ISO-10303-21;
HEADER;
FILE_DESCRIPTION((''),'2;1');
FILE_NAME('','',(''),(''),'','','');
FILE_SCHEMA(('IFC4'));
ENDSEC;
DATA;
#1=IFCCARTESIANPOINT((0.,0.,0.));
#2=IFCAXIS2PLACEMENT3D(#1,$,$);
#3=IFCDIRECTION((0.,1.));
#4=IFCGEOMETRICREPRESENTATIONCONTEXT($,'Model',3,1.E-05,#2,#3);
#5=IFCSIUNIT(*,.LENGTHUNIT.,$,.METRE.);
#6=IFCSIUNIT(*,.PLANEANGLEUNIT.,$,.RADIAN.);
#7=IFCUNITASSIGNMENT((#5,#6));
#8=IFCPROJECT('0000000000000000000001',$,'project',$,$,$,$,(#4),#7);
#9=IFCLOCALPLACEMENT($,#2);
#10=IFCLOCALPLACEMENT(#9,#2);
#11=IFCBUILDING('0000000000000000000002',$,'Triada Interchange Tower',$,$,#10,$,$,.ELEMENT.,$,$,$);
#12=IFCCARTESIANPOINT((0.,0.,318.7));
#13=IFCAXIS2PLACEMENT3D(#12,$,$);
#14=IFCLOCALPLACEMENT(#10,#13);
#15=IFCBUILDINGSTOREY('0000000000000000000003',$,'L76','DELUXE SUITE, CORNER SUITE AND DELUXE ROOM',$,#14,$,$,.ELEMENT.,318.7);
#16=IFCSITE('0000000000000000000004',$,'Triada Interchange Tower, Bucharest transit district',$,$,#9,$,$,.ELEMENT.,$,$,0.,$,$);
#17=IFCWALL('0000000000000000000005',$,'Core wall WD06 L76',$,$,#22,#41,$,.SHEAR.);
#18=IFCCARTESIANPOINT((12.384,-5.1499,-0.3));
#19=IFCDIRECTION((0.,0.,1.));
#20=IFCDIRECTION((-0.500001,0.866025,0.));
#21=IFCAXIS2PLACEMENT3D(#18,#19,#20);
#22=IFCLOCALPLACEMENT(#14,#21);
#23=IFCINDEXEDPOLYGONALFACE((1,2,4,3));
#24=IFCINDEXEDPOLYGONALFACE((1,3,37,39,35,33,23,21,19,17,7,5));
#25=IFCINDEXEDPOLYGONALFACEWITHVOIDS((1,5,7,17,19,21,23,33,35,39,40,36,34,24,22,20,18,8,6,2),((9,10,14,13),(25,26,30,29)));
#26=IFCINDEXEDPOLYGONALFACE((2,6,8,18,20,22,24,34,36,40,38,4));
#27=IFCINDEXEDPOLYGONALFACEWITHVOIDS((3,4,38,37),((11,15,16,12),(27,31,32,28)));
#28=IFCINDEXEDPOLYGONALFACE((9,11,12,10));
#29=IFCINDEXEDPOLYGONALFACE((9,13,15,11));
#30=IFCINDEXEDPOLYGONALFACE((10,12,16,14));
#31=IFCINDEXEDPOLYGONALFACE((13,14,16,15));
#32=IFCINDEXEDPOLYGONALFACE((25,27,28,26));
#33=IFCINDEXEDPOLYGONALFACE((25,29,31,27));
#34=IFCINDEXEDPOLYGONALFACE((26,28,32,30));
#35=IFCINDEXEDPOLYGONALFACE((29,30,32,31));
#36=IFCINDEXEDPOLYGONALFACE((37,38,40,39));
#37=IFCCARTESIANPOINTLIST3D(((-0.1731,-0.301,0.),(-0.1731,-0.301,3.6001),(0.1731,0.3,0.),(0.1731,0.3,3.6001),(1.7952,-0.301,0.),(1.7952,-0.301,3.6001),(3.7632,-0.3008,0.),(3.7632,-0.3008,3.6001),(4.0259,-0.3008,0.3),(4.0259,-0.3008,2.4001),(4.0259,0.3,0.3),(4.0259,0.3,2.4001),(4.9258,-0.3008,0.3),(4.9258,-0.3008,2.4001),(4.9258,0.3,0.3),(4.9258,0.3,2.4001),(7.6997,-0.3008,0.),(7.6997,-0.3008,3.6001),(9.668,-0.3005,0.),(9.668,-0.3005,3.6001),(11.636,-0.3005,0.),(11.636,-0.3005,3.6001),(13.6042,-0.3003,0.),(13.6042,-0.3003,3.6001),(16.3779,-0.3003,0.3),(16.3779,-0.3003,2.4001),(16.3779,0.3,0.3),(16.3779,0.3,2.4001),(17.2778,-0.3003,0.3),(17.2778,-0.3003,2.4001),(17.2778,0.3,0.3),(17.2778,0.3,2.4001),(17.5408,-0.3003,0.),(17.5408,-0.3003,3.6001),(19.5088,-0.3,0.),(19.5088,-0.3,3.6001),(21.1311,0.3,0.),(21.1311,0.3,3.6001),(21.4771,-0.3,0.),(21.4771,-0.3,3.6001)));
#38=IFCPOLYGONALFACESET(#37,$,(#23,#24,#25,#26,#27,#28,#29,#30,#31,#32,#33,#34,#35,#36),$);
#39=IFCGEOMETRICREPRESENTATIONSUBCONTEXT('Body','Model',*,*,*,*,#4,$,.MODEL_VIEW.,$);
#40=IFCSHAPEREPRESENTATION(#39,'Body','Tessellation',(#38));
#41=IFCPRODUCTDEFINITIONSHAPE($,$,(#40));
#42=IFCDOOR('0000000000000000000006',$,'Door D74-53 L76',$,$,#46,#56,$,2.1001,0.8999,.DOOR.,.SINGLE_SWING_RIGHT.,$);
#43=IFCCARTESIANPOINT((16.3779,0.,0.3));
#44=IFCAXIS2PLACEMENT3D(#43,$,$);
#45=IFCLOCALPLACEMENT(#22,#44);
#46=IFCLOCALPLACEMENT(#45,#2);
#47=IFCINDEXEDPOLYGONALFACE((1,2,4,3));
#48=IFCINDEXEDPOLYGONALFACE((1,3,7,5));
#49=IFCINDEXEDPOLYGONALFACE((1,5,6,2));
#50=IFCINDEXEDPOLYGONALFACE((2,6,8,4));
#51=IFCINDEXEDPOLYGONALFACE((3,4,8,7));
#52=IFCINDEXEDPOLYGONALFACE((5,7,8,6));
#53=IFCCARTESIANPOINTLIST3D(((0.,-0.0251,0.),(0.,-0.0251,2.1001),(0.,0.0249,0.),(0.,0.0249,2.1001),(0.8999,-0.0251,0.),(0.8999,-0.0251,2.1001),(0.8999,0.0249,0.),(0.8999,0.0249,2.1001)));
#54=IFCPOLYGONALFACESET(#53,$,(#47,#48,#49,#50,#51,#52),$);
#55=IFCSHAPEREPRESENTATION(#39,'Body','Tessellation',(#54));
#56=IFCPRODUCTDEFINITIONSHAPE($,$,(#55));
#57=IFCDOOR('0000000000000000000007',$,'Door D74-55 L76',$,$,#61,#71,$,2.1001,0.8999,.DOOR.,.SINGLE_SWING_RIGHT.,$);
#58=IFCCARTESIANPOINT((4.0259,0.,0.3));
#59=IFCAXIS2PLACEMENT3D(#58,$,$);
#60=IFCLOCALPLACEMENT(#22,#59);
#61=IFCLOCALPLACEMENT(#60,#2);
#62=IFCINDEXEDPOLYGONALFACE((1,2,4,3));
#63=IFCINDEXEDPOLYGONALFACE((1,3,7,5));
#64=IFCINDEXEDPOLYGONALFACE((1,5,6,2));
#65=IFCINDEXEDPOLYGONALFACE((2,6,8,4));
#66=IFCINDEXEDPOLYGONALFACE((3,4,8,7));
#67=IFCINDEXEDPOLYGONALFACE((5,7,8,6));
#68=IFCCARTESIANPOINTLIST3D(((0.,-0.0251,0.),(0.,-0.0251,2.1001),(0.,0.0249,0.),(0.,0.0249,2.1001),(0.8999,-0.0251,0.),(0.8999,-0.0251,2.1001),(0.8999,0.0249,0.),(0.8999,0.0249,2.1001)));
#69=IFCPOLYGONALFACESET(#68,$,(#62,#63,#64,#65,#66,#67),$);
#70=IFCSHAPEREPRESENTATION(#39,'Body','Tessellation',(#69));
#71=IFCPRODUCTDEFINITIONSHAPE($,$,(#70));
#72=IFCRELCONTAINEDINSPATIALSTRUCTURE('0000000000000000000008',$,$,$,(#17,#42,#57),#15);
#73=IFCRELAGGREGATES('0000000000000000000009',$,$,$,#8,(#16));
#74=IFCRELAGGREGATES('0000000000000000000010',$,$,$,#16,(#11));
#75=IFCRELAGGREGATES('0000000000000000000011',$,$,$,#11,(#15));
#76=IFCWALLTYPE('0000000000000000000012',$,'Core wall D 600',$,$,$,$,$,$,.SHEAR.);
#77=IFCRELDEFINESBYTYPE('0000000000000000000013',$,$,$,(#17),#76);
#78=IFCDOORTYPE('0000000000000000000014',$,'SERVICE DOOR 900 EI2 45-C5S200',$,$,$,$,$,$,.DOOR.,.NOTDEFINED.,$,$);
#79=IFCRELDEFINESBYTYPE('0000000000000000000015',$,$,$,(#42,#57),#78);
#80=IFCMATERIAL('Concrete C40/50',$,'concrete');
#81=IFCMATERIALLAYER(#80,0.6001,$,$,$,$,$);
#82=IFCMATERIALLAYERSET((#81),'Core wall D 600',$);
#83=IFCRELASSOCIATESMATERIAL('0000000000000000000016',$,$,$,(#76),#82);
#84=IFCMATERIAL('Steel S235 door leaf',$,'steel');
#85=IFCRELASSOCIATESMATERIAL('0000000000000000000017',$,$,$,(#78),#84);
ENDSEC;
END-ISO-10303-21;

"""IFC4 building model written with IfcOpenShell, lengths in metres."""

from ifc_helpers import new_model, si_unit, direction, frame, frame_2d, origin, place, context, subcontext, project, spatial, polyline, rectangle, outline, extrude, material, layer, layer_set, type_object, element, fill, save


model = new_model("IFC4")

# Units and contexts
model_context = context("Model", 3, precision=1e-05, world=origin(), true_north=direction((0.0, 1.0)))
body_context = subcontext(model_context, "Body", "Model", "MODEL_VIEW")
ifc_project = project(units=[si_unit("LENGTHUNIT", "METRE"), si_unit("PLANEANGLEUNIT", "RADIAN")], contexts=[model_context])

# Site, building, storey
site_placement = place(None, origin())
site = spatial("IfcSite", under=ifc_project, at=site_placement, Name="Triada Interchange Tower, Bucharest transit district", CompositionType="ELEMENT", RefElevation=0.0)
building_placement = place(site_placement, origin())
building = spatial("IfcBuilding", under=site, at=building_placement, Name="Triada Interchange Tower", CompositionType="ELEMENT")
storey_placement = place(building_placement, frame((0.0, 0.0, 318.7)))
storey = spatial("IfcBuildingStorey", under=building, at=storey_placement, Name="L76", Description="DELUXE SUITE, CORNER SUITE AND DELUXE ROOM", CompositionType="ELEMENT", Elevation=318.7)

# Shared definitions
ifc_material_1 = material(Name="Concrete C40/50", Category="concrete")

# Shared definitions
ifc_layer_1 = layer(ifc_material_1, 0.6001)
ifc_layer_set_1 = layer_set([ifc_layer_1], Name="Core wall D 600")
wall_type_1 = type_object("IfcWallType", Name="Core wall D 600", PredefinedType="SHEAR", material=ifc_layer_set_1)
ifc_material_2 = material(Name="Steel S235 door leaf", Category="steel")

# Wall, openings, doors
wall_1_placement = place(storey_placement, frame((12.384, -5.1499, -0.3), z_axis=(0.0, 0.0, 1.0), x_axis=(-0.500001, 0.866025, 0.0)))
wall_1 = element("IfcWall", 1, at=wall_1_placement, inside=storey, type_object=wall_type_1, Name="Core wall WD06 L76", PredefinedType="SHEAR", context=body_context, shape_type="SweptSolid", body=[
    extrude(outline(polyline([(-0.1731, -0.301), (1.7952, -0.301), (3.7632, -0.3008), (5.7314, -0.3008), (7.6997, -0.3008), (9.668, -0.3005), (11.636, -0.3005), (13.6042, -0.3003), (15.5725, -0.3003), (17.5408, -0.3003), (19.5088, -0.3), (21.4771, -0.3), (21.1311, 0.3), (19.2258, 0.3), (17.3206, 0.3), (15.4153, 0.3), (13.51, 0.3), (11.6047, 0.3), (9.6995, 0.3), (7.7942, 0.3), (5.8889, 0.3), (3.9836, 0.3), (2.0784, 0.3), (0.1731, 0.3), (-0.1731, -0.301)])), origin(), (0.0, 0.0, 1.0), 3.6001),
])
opening_1_placement = place(wall_1_placement, frame((16.3779, 0.0, 0.3)))
opening_1 = element("IfcOpeningElement", 2, at=opening_1_placement, cuts=wall_1, PredefinedType="OPENING", context=body_context, shape_type="SweptSolid", body=[
    extrude(rectangle(XDim=0.8999, YDim=2.1001, at=frame_2d((0.45, 1.05))), frame((0.0, 0.3101, 0.0), z_axis=(0.0, -1.0, 0.0), x_axis=(1.0, 0.0, 0.0)), (0.0, 0.0, 1.0), 0.6211),
])
opening_2_placement = place(wall_1_placement, frame((4.0259, 0.0, 0.3)))
opening_2 = element("IfcOpeningElement", 3, at=opening_2_placement, cuts=wall_1, PredefinedType="OPENING", context=body_context, shape_type="SweptSolid", body=[
    extrude(rectangle(XDim=0.8999, YDim=2.1001, at=frame_2d((0.45, 1.05))), frame((0.0, 0.3101, 0.0), z_axis=(0.0, -1.0, 0.0), x_axis=(1.0, 0.0, 0.0)), (0.0, 0.0, 1.0), 0.6211),
])
door_type_1 = type_object("IfcDoorType", Name="SERVICE DOOR 900 EI2 45-C5S200", OperationType="NOTDEFINED", PredefinedType="DOOR", material=ifc_material_2)
door_1_placement = place(opening_1_placement, origin())
door_1 = element("IfcDoor", 4, at=door_1_placement, inside=storey, type_object=door_type_1, Name="Door D74-53 L76", OperationType="SINGLE_SWING_RIGHT", OverallHeight=2.1001, OverallWidth=0.8999, PredefinedType="DOOR", context=body_context, shape_type="SweptSolid", body=[
    extrude(rectangle(XDim=0.8999, YDim=2.1001, at=frame_2d((0.45, 1.05))), frame((0.0, 0.0249, 0.0), z_axis=(0.0, -1.0, 0.0), x_axis=(1.0, 0.0, 0.0)), (0.0, 0.0, 1.0), 0.05),
])
fill(opening_1, door_1)
door_2_placement = place(opening_2_placement, origin())
door_2 = element("IfcDoor", 5, at=door_2_placement, inside=storey, type_object=door_type_1, Name="Door D74-55 L76", OperationType="SINGLE_SWING_RIGHT", OverallHeight=2.1001, OverallWidth=0.8999, PredefinedType="DOOR", context=body_context, shape_type="SweptSolid", body=[
    extrude(rectangle(XDim=0.8999, YDim=2.1001, at=frame_2d((0.45, 1.05))), frame((0.0, 0.0249, 0.0), z_axis=(0.0, -1.0, 0.0), x_axis=(1.0, 0.0, 0.0)), (0.0, 0.0, 1.0), 0.05),
])
fill(opening_2, door_2)

save(model, "model.ifc")
